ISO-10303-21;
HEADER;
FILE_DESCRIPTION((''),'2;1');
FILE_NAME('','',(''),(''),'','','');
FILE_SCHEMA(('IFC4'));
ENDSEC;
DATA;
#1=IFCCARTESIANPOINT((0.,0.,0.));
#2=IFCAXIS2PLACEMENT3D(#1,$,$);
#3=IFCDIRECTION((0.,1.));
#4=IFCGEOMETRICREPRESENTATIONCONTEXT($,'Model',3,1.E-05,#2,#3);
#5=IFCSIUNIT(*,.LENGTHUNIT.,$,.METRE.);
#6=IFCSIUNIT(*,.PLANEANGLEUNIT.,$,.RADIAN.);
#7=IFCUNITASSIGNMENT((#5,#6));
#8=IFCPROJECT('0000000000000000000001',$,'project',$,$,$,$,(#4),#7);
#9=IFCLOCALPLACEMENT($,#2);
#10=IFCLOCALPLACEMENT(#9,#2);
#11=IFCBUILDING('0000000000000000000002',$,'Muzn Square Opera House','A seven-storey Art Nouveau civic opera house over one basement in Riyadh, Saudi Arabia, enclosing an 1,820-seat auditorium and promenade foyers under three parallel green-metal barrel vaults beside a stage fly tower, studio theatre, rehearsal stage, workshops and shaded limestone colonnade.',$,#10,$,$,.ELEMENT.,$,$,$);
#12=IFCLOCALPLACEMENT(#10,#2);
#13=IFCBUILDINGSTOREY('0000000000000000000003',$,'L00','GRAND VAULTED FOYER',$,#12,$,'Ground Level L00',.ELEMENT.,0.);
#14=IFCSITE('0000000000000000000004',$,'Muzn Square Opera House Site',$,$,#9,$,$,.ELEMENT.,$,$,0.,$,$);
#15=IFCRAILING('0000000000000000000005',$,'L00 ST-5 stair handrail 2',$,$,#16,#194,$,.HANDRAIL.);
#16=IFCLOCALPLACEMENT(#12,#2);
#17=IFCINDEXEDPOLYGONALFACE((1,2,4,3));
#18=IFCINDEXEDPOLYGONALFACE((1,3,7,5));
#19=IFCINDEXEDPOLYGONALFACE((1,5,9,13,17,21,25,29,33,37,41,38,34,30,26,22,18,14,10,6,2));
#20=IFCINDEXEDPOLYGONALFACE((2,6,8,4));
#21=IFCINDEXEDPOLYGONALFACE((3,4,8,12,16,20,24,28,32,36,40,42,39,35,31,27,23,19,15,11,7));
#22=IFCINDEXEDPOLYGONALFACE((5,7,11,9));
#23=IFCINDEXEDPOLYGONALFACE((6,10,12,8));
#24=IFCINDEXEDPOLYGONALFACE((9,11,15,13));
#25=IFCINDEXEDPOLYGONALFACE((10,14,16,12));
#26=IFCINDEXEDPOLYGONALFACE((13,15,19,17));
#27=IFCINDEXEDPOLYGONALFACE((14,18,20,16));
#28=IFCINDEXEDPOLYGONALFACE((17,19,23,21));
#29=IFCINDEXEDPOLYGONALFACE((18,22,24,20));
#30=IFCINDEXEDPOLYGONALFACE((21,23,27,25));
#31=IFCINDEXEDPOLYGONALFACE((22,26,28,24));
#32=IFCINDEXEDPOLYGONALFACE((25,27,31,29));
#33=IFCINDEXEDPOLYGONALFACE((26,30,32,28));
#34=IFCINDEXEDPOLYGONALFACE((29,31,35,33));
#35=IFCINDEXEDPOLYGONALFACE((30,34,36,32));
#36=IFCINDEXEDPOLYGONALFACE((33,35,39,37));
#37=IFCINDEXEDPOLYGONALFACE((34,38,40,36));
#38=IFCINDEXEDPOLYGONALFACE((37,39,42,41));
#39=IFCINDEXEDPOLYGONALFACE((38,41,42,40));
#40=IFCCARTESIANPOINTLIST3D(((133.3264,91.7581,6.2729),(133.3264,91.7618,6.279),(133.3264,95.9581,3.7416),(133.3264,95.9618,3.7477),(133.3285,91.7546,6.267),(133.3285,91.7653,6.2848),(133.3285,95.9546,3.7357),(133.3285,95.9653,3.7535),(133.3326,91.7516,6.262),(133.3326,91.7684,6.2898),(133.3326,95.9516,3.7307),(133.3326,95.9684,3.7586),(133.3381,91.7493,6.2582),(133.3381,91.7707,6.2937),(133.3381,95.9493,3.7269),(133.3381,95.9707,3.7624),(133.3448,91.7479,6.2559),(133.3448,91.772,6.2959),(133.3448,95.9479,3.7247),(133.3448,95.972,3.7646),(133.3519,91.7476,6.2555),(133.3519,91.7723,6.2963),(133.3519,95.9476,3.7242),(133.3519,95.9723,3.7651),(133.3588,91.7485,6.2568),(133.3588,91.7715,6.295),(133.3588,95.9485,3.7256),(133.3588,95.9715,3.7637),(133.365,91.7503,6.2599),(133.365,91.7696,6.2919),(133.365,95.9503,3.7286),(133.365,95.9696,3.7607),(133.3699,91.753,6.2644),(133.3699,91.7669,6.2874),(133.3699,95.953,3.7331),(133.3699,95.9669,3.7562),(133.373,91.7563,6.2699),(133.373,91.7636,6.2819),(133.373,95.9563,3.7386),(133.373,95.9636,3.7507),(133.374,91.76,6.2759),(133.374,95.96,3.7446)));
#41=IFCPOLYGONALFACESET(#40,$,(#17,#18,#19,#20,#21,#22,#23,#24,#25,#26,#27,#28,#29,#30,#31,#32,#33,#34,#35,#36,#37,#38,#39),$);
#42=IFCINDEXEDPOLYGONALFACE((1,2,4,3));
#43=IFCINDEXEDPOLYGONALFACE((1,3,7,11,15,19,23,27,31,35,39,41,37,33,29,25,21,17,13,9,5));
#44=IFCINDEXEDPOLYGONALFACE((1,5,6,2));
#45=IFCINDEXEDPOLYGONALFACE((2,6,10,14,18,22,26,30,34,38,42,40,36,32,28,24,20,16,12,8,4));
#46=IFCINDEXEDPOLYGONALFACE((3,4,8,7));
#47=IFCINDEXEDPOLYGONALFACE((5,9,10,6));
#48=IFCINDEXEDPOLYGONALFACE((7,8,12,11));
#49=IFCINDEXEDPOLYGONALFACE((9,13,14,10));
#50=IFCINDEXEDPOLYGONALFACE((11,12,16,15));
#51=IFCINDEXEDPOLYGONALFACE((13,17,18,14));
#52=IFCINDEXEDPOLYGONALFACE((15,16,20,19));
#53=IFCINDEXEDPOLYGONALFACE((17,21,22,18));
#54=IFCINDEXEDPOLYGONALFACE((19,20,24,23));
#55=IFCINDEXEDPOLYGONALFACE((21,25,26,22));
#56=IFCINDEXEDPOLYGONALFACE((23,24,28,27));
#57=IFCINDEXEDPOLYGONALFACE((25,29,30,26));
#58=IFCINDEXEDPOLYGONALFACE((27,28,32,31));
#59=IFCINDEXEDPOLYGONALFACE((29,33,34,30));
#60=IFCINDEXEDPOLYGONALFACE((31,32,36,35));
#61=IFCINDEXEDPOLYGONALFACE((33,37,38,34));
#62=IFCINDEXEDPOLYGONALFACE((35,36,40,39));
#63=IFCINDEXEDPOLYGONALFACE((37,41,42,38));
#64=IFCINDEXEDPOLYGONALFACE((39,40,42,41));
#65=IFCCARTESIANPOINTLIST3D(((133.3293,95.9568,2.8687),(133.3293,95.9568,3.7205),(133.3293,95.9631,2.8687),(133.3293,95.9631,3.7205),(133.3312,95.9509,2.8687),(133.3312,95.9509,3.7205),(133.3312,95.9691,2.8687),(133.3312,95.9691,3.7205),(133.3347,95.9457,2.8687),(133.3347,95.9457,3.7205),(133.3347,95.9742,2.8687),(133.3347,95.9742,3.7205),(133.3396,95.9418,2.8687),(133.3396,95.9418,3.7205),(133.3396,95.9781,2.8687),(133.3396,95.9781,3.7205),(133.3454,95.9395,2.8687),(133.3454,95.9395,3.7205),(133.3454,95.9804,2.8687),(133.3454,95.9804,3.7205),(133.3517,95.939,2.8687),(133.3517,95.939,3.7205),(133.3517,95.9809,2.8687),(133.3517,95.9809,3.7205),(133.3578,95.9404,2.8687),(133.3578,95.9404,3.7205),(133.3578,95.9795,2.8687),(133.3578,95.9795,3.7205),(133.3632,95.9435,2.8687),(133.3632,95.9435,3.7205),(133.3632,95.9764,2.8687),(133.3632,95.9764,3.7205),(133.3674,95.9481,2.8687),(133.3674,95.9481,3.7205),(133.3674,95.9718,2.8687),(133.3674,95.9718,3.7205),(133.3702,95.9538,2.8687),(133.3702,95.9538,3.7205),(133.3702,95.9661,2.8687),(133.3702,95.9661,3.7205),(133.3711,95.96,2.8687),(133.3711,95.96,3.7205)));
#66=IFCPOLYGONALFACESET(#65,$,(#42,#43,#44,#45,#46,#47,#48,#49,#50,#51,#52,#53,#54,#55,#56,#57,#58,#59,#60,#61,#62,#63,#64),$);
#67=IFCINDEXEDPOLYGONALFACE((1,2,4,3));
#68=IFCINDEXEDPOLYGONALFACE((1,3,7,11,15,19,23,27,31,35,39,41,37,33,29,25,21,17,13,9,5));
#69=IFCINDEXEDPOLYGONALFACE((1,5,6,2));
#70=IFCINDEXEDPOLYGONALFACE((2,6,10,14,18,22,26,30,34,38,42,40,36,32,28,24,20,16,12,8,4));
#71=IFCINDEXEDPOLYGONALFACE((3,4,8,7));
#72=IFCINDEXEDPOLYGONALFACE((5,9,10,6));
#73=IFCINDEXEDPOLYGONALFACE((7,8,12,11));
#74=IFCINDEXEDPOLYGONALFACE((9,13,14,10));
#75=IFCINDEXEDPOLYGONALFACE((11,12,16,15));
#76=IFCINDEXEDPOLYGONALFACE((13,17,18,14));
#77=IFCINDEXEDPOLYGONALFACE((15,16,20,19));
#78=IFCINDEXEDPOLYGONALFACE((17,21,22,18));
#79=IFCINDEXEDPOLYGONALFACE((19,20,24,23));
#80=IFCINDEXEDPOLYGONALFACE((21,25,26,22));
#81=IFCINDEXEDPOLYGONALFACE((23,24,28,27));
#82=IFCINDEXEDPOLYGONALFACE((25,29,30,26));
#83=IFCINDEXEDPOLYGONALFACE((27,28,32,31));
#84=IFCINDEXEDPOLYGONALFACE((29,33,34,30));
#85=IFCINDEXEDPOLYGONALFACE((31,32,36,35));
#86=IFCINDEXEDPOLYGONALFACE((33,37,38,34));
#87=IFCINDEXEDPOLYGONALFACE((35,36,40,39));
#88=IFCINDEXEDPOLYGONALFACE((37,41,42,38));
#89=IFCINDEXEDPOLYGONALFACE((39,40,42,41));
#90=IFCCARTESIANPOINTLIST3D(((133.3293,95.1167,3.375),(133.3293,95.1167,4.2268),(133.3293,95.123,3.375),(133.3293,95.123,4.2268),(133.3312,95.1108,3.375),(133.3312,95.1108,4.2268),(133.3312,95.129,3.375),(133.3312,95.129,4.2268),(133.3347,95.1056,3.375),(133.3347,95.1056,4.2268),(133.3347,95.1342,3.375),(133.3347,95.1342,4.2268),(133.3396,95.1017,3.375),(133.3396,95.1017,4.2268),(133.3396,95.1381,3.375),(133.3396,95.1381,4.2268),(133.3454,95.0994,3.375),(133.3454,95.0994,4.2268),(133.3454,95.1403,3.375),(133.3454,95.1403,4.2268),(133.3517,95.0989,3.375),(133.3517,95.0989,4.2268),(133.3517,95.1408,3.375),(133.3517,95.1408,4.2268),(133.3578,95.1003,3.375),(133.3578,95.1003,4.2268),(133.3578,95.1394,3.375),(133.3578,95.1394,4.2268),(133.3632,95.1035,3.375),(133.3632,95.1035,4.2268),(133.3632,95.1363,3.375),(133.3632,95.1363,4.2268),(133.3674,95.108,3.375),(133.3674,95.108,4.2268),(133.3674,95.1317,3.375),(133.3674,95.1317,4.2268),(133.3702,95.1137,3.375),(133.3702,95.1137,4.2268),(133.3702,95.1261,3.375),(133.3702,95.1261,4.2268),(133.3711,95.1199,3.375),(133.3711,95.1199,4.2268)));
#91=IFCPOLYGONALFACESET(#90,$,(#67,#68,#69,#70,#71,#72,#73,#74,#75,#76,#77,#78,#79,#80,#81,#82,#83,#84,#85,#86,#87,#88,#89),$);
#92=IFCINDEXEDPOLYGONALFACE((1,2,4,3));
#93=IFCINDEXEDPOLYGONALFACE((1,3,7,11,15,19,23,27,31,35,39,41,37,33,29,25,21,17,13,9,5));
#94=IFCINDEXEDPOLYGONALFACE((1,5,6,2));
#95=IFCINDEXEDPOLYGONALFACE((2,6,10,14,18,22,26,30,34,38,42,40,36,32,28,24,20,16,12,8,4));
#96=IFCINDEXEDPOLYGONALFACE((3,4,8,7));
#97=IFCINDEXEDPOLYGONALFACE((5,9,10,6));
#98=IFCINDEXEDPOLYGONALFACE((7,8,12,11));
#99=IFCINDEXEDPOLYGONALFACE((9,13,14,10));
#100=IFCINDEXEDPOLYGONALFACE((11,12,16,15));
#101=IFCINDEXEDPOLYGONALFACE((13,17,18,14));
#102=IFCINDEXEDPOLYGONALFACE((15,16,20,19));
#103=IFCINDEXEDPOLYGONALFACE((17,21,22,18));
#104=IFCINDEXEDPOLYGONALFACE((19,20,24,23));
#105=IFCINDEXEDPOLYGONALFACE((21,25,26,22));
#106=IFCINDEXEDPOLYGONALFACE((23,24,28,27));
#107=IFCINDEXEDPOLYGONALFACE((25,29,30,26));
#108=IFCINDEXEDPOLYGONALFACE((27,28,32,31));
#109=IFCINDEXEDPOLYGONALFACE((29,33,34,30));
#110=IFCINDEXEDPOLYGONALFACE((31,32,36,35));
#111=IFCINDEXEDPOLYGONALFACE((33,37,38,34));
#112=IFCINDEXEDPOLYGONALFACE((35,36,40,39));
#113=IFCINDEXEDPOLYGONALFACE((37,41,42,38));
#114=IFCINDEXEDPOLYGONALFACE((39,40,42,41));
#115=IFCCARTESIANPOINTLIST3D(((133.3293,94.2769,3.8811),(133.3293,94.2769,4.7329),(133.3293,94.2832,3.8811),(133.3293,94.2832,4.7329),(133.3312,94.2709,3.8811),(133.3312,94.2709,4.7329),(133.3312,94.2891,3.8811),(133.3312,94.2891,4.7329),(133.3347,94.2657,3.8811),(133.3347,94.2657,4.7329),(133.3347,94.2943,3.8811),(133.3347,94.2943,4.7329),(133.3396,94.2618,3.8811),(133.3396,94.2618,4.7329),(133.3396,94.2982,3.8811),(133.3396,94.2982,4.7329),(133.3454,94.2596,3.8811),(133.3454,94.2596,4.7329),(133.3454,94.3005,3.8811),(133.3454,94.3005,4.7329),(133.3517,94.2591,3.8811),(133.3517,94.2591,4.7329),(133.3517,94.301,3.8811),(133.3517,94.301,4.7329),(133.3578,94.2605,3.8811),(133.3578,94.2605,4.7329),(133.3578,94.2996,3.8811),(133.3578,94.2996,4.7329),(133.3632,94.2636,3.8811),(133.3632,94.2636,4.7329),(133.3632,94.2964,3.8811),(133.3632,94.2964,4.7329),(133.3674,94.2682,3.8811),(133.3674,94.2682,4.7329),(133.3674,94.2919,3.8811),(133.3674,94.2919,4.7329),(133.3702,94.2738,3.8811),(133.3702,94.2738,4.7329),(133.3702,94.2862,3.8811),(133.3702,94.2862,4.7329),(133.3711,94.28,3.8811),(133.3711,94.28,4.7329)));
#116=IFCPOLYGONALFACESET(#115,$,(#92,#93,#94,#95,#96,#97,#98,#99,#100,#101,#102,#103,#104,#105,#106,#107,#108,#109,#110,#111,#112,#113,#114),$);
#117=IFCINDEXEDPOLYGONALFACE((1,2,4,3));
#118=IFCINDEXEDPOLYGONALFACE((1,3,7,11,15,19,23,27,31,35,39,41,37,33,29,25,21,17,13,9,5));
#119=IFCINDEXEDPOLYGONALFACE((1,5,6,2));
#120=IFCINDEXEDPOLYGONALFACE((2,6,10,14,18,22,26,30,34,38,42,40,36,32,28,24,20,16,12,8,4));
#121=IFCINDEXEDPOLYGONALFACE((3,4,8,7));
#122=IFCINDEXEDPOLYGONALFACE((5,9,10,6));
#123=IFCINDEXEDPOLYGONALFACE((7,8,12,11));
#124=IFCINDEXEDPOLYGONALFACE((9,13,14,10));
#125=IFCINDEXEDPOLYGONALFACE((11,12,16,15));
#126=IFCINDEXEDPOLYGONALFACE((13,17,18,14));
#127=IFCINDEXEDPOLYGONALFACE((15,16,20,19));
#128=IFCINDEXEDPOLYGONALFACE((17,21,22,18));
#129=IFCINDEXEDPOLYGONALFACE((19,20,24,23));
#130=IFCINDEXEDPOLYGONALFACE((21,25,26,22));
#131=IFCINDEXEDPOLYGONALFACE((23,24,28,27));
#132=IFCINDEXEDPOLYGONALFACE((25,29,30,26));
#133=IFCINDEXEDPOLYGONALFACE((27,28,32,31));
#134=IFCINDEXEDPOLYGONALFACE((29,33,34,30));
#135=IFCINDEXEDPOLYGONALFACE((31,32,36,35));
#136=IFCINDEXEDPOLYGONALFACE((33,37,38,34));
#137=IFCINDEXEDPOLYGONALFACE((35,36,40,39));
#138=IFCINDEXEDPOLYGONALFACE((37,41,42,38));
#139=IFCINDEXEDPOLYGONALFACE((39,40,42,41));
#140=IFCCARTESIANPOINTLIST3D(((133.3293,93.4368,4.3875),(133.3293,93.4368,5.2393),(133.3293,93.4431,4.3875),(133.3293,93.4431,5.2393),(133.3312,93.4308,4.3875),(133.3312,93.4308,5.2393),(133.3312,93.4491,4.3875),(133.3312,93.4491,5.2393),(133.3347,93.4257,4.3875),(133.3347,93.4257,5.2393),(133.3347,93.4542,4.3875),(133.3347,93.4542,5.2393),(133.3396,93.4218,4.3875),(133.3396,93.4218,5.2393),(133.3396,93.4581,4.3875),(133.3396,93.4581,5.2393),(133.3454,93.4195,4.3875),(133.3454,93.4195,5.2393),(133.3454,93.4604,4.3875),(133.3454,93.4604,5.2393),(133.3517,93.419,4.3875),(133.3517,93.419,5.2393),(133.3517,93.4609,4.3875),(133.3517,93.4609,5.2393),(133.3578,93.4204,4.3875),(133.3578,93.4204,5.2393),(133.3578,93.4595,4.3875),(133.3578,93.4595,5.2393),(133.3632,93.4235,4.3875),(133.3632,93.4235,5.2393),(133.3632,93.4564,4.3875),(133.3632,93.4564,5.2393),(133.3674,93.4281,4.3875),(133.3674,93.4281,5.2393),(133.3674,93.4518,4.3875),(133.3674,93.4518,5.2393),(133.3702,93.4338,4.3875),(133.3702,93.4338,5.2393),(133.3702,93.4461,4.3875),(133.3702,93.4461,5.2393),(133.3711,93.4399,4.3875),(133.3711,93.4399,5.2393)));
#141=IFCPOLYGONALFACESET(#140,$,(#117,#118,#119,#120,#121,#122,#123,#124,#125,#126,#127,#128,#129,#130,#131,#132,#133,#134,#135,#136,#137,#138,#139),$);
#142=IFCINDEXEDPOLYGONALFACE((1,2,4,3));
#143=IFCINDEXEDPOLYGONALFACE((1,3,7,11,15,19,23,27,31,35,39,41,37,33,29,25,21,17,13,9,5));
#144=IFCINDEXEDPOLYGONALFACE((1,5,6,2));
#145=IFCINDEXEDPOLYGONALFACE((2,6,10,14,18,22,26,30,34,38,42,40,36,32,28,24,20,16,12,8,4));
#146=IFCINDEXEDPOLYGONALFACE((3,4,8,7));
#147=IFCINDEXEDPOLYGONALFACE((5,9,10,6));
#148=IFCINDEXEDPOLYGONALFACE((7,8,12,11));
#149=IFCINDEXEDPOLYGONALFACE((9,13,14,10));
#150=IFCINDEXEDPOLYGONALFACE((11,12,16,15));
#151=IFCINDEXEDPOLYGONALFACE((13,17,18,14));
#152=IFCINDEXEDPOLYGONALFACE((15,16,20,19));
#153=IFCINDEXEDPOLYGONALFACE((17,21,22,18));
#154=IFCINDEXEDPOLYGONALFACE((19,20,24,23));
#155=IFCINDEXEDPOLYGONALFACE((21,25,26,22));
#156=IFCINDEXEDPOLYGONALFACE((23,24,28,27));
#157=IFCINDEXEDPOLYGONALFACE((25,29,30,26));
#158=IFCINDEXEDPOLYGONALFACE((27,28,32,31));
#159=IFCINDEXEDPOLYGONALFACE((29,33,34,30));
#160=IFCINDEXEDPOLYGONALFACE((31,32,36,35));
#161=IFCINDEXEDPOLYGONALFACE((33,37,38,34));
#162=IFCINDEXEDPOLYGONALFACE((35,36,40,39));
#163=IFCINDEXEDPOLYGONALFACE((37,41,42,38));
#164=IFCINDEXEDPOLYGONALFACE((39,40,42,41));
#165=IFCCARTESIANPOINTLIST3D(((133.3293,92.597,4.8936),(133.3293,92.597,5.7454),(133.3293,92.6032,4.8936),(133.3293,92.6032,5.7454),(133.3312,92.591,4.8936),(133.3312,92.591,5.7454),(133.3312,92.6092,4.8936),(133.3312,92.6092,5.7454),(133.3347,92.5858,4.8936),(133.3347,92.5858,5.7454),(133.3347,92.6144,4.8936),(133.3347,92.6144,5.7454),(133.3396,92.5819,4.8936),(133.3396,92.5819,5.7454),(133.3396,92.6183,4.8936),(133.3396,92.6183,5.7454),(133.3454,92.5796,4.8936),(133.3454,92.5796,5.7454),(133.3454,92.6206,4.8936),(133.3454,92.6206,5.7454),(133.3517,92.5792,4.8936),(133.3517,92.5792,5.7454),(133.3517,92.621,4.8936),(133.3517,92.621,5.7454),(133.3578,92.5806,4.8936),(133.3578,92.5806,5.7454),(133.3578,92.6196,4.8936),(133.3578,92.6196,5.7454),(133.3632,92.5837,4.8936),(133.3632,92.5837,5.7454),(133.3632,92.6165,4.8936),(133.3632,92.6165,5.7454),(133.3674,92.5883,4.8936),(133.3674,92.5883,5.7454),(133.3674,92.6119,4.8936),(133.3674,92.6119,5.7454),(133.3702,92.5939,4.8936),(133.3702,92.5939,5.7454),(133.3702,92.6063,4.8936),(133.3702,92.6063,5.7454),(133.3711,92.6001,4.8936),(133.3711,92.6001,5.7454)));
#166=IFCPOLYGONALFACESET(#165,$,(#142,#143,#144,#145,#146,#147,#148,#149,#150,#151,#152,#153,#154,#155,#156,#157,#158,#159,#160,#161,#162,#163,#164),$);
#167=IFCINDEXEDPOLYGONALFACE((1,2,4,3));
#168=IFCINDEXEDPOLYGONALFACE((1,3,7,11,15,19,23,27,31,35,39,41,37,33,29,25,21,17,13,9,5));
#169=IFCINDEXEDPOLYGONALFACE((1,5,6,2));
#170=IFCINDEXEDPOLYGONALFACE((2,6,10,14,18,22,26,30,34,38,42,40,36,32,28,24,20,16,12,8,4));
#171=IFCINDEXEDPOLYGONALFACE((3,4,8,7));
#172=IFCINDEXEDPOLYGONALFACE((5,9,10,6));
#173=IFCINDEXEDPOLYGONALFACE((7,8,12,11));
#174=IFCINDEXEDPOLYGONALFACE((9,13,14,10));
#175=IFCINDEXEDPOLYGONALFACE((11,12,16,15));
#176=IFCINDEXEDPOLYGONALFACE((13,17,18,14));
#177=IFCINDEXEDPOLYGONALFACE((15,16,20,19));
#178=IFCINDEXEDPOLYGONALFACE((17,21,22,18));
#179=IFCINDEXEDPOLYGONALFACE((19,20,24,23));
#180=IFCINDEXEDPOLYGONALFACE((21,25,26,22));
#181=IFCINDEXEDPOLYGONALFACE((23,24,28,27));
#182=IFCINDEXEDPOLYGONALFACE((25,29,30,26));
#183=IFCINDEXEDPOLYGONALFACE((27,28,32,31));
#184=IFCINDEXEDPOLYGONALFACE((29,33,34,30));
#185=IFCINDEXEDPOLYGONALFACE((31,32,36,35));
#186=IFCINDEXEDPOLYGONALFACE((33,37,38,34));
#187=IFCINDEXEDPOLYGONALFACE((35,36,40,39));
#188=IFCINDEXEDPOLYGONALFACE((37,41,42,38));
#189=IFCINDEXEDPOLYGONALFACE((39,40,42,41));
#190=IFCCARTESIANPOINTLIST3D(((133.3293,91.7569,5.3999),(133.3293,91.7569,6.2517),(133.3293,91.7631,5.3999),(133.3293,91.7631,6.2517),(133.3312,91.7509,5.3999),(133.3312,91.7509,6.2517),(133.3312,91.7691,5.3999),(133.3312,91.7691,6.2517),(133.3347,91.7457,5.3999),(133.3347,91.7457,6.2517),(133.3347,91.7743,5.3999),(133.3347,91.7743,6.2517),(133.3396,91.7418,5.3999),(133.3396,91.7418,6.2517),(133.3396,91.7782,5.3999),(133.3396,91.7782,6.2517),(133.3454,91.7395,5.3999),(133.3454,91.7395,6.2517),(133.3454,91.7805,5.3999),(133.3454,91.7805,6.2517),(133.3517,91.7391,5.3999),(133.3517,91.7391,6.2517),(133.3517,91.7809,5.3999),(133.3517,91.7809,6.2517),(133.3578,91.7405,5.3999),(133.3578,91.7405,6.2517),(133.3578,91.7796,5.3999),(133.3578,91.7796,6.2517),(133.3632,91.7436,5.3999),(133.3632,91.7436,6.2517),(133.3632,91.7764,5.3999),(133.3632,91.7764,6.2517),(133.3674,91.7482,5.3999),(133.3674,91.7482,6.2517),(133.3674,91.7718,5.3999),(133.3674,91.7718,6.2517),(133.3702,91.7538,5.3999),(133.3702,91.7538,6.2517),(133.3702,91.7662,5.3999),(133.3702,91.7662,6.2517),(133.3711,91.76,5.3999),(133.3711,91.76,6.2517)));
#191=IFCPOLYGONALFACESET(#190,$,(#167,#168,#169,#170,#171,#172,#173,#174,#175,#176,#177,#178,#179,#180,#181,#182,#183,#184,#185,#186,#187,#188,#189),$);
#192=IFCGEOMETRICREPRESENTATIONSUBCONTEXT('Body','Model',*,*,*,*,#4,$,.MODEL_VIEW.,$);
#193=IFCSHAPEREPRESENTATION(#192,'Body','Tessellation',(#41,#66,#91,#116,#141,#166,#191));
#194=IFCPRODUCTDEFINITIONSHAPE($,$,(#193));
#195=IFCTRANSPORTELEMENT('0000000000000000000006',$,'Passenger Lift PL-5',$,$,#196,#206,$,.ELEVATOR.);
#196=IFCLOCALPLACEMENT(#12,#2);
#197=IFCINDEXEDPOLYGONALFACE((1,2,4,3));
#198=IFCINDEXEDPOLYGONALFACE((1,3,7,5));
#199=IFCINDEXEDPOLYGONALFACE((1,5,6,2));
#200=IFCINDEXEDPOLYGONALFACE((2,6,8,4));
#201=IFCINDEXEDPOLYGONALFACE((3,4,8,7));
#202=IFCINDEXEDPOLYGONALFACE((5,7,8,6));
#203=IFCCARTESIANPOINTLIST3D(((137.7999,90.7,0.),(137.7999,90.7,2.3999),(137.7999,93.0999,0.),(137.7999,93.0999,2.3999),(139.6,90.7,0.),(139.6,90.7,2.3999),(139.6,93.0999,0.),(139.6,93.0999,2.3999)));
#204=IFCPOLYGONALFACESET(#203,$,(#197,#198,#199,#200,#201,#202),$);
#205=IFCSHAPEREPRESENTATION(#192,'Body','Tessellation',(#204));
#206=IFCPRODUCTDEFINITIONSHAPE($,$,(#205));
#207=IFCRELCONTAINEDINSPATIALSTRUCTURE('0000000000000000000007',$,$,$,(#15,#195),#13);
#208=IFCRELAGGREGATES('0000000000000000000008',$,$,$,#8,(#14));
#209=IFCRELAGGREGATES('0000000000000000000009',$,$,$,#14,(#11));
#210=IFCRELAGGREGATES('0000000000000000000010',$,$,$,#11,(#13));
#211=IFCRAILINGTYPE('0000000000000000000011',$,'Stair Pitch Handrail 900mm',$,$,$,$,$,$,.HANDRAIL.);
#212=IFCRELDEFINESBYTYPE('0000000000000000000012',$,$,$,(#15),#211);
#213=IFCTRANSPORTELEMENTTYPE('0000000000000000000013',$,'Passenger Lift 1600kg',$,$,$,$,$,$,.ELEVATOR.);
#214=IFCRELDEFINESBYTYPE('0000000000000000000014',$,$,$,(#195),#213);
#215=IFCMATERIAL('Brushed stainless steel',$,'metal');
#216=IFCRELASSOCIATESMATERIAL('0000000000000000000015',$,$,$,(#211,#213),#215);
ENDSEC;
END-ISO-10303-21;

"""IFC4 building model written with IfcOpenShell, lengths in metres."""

from ifc_helpers import new_model, si_unit, direction, frame, origin, origin_2d, place, context, subcontext, project, spatial, rectangle, circle, extrude, material, type_object, element, save


model = new_model("IFC4")

# Units and contexts
model_context = context("Model", 3, precision=1e-05, world=origin(), true_north=direction((0.0, 1.0)))
body_context = subcontext(model_context, "Body", "Model", "MODEL_VIEW")
ifc_project = project(units=[si_unit("LENGTHUNIT", "METRE"), si_unit("PLANEANGLEUNIT", "RADIAN")], contexts=[model_context])

# Site, building, storey
site_placement = place(None, origin())
site = spatial("IfcSite", under=ifc_project, at=site_placement, Name="Muzn Square Opera House Site", CompositionType="ELEMENT", RefElevation=0.0)
building_placement = place(site_placement, origin())
building = spatial("IfcBuilding", under=site, at=building_placement, Name="Muzn Square Opera House", Description="A seven-storey Art Nouveau civic opera house over one basement in Riyadh, Saudi Arabia, enclosing an 1,820-seat auditorium and promenade foyers under three parallel green-metal barrel vaults beside a stage fly tower, studio theatre, rehearsal stage, workshops and shaded limestone colonnade.", CompositionType="ELEMENT")
storey_placement = place(building_placement, origin())
storey = spatial("IfcBuildingStorey", under=building, at=storey_placement, Name="L00", Description="GRAND VAULTED FOYER", LongName="Ground Level L00", CompositionType="ELEMENT", Elevation=0.0)

# Railing
ifc_material_1 = material(Name="Brushed stainless steel", Category="metal")
railing_type_1 = type_object("IfcRailingType", Name="Stair Pitch Handrail 900mm", PredefinedType="HANDRAIL", material=ifc_material_1)
railing_1_placement = place(storey_placement, frame((133.3501, 95.96, 2.8687)))
element("IfcRailing", 1, at=railing_1_placement, inside=storey, type_object=railing_type_1, Name="L00 ST-5 stair handrail 2", PredefinedType="HANDRAIL", context=body_context, shape_type="SweptSolid", body=[
    extrude(circle(Radius=0.0239, at=origin_2d()), frame((0.0, 0.0, 0.876), z_axis=(0.0, -0.856476, 0.516186), x_axis=(1.0, 0.0, 0.0)), (0.0, 0.0, 1.0), 4.9038),
    extrude(circle(Radius=0.021, at=origin_2d()), origin(), (0.0, 0.0, 1.0), 0.8518),
    extrude(circle(Radius=0.021, at=origin_2d()), frame((0.0, -0.8401, 0.5063)), (0.0, 0.0, 1.0), 0.8518),
    extrude(circle(Radius=0.021, at=origin_2d()), frame((0.0, -1.6799, 1.0125)), (0.0, 0.0, 1.0), 0.8518),
    extrude(circle(Radius=0.021, at=origin_2d()), frame((0.0, -2.52, 1.5188)), (0.0, 0.0, 1.0), 0.8518),
    extrude(circle(Radius=0.021, at=origin_2d()), frame((0.0, -3.3599, 2.0249)), (0.0, 0.0, 1.0), 0.8518),
    extrude(circle(Radius=0.021, at=origin_2d()), frame((0.0, -4.2, 2.5312)), (0.0, 0.0, 1.0), 0.8518),
])

# Transport element
transport_element_type = type_object("IfcTransportElementType", Name="Passenger Lift 1600kg", PredefinedType="ELEVATOR", material=ifc_material_1)
transport_element_placement = place(storey_placement, frame((138.7, 91.8999, 0.0), z_axis=(0.0, 0.0, 1.0), x_axis=(1.0, 0.0, 0.0)))
element("IfcTransportElement", 2, at=transport_element_placement, inside=storey, type_object=transport_element_type, Name="Passenger Lift PL-5", PredefinedType="ELEVATOR", context=body_context, shape_type="SweptSolid", body=[
    extrude(rectangle(XDim=1.8, YDim=2.3999, at=origin_2d()), origin(), (0.0, 0.0, 1.0), 2.3999),
])

save(model, "model.ifc")
